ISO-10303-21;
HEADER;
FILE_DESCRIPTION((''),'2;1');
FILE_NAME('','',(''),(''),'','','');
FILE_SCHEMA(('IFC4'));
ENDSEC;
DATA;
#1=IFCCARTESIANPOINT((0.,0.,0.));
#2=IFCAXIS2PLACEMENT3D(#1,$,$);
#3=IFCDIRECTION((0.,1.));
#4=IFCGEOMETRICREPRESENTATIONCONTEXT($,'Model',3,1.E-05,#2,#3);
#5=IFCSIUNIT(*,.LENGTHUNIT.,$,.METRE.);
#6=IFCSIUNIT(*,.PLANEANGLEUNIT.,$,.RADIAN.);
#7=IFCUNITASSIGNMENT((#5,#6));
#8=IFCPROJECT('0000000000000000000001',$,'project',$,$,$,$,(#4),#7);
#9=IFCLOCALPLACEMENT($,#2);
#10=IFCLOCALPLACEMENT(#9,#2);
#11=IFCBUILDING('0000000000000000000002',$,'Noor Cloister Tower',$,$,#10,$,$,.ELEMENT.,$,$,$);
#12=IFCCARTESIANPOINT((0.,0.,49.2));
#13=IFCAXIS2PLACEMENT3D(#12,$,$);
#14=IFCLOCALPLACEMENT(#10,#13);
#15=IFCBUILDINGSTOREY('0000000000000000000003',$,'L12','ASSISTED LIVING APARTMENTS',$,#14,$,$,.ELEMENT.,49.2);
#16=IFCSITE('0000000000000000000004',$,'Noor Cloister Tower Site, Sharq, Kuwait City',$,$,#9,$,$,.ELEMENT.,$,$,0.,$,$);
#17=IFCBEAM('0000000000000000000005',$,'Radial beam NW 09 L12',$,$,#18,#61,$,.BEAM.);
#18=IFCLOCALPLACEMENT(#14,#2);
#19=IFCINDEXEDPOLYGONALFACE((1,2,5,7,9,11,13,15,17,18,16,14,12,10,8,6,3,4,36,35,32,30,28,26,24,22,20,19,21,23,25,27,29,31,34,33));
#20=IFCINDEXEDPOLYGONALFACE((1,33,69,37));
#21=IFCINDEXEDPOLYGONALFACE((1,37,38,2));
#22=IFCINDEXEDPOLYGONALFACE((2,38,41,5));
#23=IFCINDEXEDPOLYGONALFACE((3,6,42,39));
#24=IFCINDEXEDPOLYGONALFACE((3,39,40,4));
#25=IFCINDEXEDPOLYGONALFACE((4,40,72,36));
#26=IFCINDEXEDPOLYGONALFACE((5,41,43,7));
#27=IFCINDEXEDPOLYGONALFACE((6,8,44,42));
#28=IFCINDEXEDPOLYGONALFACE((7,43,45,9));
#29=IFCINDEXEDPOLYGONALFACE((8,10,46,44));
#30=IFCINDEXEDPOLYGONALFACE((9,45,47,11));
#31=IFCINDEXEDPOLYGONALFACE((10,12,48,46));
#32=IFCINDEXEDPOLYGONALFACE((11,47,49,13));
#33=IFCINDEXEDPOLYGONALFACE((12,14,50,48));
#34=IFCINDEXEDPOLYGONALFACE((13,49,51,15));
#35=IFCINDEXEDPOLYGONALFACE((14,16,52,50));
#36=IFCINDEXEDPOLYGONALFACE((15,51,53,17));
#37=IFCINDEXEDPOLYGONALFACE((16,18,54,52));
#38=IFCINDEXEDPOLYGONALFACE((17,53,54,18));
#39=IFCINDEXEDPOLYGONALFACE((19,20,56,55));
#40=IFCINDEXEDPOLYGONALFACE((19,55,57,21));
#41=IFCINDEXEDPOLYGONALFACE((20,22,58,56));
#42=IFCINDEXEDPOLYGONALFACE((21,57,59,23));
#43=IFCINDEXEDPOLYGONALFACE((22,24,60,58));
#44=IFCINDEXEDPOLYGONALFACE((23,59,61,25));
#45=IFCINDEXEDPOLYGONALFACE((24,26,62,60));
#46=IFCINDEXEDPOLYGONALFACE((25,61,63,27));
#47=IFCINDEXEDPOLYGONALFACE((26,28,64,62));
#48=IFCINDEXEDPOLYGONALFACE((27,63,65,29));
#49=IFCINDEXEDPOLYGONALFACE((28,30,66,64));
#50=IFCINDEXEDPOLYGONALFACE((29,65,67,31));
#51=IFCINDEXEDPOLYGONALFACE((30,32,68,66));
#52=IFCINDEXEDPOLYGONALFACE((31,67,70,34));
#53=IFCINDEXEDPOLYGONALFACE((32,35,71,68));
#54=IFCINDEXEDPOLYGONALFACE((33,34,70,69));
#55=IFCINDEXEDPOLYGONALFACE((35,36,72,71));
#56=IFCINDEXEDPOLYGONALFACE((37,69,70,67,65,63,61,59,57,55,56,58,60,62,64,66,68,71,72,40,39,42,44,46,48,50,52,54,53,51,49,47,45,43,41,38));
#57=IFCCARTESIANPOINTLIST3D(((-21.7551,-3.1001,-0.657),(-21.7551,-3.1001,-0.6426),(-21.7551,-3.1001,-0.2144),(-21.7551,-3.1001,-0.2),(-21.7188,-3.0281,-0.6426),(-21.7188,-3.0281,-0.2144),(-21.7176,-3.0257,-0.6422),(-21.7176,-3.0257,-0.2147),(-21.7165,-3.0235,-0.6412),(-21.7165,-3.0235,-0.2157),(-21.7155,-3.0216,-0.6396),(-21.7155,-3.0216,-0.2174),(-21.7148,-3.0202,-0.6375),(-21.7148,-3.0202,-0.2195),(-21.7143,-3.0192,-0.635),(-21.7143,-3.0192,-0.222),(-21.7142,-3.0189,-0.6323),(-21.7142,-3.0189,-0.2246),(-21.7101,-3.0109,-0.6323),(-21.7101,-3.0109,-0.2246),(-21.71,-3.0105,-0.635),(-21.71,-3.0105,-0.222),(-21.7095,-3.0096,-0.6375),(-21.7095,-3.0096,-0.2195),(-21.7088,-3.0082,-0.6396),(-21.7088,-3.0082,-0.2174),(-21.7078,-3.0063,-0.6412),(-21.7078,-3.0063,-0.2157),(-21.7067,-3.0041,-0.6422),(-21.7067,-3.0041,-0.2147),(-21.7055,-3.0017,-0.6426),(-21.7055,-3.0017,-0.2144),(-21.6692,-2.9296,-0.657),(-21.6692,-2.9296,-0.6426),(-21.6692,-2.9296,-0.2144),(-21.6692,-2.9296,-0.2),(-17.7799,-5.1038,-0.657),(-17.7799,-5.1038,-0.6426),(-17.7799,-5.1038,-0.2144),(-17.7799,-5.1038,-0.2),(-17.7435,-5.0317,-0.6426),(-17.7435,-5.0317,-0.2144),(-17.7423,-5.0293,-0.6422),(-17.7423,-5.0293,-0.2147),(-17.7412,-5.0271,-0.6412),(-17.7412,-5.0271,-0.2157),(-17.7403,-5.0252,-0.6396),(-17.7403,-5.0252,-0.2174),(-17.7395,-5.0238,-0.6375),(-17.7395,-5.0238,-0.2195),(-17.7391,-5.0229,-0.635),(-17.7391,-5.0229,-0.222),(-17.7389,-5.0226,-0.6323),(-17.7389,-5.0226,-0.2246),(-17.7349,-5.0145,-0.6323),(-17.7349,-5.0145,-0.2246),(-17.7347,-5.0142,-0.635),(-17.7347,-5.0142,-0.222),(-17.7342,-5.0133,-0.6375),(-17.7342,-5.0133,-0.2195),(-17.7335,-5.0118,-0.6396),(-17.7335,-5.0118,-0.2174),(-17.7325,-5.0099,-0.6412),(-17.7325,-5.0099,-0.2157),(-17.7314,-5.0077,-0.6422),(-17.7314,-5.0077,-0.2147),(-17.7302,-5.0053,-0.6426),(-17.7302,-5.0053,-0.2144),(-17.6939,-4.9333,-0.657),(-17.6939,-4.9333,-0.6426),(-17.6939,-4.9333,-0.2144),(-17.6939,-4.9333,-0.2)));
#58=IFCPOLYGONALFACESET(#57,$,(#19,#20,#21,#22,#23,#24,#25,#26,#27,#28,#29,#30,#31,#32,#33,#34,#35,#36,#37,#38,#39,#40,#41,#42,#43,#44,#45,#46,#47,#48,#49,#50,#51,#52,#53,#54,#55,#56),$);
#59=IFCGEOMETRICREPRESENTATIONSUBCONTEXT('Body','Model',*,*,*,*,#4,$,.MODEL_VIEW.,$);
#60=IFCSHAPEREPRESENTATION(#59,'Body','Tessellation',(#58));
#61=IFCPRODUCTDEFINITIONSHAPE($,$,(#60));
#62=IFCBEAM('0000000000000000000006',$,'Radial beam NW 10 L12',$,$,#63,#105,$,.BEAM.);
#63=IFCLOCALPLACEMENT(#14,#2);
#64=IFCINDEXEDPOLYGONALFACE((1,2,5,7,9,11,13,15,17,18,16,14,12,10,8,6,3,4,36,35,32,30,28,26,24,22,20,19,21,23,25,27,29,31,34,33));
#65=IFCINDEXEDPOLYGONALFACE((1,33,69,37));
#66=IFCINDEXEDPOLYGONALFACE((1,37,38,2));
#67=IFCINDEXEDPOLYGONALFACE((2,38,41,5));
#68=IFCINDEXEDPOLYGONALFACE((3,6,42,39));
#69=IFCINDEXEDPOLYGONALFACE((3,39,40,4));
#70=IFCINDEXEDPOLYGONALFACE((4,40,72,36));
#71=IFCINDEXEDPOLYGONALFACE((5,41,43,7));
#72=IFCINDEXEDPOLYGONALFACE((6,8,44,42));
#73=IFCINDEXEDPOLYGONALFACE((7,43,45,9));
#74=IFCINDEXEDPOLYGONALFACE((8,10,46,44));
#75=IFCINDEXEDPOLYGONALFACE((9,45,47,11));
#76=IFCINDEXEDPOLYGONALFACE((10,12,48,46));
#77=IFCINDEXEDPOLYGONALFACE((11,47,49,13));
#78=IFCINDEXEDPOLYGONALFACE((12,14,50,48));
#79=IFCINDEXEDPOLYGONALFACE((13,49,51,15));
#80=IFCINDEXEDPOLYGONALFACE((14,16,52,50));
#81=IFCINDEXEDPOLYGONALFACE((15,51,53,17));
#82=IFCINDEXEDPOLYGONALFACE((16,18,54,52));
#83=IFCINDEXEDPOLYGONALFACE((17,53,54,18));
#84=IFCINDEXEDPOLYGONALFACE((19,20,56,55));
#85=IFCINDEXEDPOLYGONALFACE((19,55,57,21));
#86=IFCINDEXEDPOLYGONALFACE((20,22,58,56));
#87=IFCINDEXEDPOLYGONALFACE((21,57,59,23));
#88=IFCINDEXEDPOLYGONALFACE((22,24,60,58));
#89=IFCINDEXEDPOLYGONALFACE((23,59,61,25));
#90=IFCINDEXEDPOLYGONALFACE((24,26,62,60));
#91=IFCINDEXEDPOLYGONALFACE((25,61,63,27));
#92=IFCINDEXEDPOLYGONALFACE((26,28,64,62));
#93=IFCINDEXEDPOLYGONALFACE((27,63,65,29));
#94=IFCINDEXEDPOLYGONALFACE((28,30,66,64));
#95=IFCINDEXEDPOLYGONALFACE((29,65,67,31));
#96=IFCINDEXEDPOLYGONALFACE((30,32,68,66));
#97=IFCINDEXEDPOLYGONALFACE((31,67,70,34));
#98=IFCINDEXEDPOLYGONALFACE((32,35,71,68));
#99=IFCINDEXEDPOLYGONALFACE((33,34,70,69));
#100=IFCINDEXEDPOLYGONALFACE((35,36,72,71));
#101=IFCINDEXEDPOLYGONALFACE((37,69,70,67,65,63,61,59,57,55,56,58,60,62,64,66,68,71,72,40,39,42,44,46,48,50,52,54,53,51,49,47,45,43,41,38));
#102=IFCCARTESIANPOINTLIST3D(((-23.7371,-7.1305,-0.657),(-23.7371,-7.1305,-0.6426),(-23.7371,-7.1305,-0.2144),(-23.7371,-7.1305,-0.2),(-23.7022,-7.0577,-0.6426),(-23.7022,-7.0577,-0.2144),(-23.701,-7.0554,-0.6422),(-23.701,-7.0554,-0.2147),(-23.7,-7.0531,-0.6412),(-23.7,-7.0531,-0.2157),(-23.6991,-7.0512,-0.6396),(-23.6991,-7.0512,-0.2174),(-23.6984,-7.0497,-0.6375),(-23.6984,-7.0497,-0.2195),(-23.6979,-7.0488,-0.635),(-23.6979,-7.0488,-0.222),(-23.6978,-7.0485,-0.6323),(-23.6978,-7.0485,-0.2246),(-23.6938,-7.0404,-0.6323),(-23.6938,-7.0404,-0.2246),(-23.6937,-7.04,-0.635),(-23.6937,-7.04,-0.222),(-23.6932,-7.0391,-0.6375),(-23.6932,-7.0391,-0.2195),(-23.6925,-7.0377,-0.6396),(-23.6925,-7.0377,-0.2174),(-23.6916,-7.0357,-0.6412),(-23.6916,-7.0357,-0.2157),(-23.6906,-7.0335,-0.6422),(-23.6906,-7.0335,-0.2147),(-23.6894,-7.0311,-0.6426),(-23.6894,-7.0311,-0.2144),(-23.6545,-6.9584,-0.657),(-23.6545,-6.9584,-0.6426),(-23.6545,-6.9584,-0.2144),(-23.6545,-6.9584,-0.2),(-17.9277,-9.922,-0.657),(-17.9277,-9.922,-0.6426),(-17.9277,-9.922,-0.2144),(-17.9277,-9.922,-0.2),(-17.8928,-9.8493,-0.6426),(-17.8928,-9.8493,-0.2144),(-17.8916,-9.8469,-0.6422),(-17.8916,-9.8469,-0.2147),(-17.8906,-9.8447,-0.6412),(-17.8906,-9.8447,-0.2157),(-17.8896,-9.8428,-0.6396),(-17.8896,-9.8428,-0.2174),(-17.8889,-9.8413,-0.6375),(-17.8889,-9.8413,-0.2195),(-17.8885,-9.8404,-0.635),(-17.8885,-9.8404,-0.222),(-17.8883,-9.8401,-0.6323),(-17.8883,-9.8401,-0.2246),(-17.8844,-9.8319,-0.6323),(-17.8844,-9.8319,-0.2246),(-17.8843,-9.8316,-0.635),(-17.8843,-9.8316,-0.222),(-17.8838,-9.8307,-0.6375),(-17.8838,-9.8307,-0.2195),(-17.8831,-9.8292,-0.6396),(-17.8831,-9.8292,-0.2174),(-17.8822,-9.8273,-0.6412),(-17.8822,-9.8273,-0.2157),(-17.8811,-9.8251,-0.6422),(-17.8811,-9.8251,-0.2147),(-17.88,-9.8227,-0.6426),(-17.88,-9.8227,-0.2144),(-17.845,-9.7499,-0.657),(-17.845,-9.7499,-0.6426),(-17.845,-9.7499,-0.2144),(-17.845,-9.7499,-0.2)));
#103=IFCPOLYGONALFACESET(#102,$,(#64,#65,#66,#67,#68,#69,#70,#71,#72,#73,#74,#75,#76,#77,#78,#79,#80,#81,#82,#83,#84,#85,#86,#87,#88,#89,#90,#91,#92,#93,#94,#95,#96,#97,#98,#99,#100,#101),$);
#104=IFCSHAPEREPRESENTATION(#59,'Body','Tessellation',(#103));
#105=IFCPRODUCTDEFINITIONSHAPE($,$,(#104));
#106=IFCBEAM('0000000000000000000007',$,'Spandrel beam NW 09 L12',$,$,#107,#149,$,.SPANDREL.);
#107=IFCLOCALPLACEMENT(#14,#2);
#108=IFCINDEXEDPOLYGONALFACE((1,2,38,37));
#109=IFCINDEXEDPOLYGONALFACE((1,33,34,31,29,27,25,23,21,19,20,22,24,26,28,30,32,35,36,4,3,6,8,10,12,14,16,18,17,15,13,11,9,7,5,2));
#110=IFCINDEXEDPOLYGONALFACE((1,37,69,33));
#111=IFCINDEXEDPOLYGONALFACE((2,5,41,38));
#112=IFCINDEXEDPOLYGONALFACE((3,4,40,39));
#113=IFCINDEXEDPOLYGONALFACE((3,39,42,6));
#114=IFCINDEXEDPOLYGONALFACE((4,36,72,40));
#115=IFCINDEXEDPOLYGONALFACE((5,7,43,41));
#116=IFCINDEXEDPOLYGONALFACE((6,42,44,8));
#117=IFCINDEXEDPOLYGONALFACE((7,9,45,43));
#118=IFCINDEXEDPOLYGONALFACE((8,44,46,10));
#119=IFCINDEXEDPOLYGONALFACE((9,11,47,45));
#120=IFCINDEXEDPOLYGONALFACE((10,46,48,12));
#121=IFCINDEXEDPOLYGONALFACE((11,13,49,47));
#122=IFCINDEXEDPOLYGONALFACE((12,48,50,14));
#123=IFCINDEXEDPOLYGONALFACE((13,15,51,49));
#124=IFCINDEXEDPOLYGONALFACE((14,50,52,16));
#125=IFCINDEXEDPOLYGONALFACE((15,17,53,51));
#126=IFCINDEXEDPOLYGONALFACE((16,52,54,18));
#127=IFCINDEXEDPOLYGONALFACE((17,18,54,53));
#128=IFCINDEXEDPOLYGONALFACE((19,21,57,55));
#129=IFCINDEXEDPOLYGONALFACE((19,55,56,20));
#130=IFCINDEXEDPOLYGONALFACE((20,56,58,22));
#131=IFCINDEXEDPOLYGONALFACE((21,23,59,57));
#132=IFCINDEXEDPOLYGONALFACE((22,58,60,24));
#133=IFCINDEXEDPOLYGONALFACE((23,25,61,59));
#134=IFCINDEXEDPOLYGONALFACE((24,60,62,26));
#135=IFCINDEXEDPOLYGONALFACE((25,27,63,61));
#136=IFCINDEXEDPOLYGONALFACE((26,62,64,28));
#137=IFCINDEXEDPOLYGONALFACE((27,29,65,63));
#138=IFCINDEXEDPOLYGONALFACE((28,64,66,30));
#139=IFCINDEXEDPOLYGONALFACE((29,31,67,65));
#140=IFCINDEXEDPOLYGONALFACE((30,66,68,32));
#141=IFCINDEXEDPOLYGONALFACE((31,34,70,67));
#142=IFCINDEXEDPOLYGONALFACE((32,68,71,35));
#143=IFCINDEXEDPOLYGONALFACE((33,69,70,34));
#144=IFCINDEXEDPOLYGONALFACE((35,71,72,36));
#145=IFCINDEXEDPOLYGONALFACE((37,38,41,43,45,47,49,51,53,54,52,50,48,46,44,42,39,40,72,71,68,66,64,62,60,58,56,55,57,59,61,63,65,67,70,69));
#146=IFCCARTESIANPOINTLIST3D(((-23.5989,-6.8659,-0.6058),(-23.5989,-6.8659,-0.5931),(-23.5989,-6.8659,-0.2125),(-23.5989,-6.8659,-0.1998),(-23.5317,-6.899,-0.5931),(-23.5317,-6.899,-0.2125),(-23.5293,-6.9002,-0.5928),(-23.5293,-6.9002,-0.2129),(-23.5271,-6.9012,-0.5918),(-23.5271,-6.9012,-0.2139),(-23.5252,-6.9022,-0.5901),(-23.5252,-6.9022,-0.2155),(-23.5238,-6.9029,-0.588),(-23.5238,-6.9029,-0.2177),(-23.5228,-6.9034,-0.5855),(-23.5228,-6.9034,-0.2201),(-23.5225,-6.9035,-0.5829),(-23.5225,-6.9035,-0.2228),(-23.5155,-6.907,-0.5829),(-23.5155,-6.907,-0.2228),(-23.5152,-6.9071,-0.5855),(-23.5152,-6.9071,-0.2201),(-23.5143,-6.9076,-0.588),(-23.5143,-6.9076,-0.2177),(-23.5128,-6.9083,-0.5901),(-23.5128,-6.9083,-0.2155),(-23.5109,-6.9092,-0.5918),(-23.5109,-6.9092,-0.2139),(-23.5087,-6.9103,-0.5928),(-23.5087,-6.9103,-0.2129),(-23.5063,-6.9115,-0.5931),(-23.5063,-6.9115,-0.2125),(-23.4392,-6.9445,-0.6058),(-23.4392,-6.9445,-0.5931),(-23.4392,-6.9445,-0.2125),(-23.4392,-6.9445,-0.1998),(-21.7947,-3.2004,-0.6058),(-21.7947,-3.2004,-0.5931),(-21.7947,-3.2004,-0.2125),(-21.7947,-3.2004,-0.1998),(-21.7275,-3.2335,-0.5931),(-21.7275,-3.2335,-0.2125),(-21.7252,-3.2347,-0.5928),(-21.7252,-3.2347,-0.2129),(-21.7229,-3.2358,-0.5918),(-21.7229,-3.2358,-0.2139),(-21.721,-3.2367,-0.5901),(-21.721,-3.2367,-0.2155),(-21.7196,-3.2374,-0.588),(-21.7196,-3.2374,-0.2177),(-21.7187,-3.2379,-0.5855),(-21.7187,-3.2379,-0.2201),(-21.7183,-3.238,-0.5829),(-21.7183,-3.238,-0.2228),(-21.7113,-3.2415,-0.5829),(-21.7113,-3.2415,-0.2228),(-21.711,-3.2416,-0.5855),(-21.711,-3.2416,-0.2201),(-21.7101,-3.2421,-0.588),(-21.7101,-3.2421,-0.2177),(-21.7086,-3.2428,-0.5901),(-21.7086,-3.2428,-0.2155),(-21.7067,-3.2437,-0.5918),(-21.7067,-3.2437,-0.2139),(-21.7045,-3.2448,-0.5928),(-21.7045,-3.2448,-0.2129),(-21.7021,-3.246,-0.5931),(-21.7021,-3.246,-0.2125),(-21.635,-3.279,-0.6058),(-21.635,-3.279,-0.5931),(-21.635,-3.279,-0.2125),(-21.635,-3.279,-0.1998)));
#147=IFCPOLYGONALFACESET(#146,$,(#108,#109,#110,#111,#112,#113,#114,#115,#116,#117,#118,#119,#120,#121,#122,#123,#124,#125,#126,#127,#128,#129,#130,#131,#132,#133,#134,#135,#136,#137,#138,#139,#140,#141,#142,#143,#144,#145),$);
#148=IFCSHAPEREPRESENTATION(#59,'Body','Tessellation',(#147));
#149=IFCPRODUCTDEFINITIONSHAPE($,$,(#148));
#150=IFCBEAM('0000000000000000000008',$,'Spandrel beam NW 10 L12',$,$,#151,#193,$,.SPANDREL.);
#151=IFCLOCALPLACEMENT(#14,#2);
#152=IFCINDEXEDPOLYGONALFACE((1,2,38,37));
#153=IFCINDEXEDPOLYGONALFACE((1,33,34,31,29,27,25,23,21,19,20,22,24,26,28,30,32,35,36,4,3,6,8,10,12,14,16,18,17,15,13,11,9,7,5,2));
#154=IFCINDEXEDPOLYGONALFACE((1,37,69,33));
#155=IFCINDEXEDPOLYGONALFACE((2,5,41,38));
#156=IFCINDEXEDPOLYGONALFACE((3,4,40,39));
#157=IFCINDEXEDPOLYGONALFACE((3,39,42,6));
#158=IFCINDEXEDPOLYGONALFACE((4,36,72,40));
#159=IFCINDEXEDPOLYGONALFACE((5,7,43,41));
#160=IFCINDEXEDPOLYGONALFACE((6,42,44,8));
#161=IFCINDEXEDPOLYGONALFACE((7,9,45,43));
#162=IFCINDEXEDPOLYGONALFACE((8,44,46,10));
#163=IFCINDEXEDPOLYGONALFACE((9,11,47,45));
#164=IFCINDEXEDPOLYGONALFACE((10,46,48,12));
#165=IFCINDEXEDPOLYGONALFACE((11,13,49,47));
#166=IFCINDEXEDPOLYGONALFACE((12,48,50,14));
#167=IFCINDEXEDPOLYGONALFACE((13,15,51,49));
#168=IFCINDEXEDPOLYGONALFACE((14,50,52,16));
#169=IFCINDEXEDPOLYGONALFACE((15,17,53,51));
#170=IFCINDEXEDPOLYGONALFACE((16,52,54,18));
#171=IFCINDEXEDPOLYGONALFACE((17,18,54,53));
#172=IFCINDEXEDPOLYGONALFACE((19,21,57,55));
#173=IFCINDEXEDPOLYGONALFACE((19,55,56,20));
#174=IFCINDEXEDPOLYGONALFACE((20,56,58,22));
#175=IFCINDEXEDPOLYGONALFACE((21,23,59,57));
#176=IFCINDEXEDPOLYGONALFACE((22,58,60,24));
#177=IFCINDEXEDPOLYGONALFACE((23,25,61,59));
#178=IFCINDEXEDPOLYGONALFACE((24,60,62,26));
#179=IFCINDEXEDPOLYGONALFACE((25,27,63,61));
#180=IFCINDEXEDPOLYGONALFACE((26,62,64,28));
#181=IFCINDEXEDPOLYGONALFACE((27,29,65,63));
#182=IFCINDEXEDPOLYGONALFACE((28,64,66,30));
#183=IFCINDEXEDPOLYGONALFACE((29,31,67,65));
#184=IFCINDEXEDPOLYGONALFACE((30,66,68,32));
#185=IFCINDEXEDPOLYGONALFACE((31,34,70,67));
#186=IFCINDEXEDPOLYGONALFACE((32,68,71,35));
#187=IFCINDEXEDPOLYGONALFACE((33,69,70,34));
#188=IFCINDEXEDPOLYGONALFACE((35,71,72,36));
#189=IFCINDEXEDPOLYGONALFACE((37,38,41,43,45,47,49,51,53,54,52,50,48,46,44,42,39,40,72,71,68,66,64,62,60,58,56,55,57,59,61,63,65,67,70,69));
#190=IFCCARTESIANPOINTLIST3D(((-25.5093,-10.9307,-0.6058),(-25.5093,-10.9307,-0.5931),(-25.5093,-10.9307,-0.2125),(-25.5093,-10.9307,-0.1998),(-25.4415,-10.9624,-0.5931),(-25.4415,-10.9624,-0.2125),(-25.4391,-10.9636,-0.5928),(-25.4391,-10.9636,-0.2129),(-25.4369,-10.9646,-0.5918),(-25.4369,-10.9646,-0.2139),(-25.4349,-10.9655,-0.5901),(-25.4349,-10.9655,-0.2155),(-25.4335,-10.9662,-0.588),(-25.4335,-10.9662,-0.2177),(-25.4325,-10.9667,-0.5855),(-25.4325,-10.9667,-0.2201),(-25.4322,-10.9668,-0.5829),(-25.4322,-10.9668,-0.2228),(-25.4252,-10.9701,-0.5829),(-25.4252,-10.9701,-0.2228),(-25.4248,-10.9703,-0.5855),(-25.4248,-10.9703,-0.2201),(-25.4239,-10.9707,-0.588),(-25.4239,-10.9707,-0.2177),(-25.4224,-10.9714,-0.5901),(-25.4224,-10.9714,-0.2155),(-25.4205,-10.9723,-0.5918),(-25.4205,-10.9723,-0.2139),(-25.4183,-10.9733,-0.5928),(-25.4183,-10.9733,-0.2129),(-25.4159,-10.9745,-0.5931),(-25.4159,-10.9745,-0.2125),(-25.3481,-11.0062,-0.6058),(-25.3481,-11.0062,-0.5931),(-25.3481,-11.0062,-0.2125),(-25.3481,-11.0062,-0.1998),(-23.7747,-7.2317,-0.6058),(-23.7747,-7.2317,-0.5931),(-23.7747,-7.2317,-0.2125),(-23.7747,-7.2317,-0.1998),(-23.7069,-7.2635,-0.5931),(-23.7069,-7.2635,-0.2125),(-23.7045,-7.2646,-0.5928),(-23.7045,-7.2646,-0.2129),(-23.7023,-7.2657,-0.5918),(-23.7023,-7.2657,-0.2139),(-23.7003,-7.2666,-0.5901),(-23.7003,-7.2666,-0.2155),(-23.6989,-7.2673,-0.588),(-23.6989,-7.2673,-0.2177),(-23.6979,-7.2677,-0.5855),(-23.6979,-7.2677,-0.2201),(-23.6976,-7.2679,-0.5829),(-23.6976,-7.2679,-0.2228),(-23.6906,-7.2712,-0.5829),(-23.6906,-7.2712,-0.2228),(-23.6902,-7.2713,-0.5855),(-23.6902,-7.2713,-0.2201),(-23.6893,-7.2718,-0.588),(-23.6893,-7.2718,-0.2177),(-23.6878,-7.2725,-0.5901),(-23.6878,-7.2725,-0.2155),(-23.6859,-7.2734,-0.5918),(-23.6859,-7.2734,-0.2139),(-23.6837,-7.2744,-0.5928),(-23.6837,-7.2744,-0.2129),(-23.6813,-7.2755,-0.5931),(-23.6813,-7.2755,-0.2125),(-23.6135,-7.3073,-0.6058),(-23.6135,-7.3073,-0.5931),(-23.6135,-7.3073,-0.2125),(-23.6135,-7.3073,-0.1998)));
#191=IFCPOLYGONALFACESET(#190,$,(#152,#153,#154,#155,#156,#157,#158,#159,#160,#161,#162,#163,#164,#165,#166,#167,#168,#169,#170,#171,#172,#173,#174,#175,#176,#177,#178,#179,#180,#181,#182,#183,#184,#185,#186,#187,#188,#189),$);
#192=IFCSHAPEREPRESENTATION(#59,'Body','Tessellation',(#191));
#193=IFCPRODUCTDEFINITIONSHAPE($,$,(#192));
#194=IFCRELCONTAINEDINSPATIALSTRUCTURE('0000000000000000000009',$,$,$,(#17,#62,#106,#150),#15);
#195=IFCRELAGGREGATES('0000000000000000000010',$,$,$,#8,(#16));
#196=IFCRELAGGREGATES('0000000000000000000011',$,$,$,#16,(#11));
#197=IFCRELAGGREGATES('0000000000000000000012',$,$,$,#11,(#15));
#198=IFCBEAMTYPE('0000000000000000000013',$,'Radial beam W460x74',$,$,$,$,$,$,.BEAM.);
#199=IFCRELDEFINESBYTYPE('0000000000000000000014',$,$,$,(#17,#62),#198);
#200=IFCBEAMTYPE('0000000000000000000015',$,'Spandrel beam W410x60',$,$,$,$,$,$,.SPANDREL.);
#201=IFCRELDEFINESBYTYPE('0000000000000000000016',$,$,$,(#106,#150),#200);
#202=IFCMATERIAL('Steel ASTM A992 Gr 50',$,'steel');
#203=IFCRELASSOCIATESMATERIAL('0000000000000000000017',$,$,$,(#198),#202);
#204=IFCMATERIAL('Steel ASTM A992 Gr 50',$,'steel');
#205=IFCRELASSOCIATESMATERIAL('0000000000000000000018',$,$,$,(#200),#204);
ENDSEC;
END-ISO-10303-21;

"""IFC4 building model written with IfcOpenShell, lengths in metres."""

from ifc_helpers import new_model, si_unit, direction, frame, origin, origin_2d, place, context, subcontext, project, spatial, i_section, extrude, material, material_profile, profile_set, type_object, element, save


model = new_model("IFC4")

# Units and contexts
model_context = context("Model", 3, precision=1e-05, world=origin(), true_north=direction((0.0, 1.0)))
body_context = subcontext(model_context, "Body", "Model", "MODEL_VIEW")
ifc_project = project(units=[si_unit("LENGTHUNIT", "METRE"), si_unit("PLANEANGLEUNIT", "RADIAN")], contexts=[model_context])

# Site, building, storey
site_placement = place(None, origin())
site = spatial("IfcSite", under=ifc_project, at=site_placement, Name="Noor Cloister Tower Site, Sharq, Kuwait City", CompositionType="ELEMENT", RefElevation=0.0)
building_placement = place(site_placement, origin())
building = spatial("IfcBuilding", under=site, at=building_placement, Name="Noor Cloister Tower", CompositionType="ELEMENT")
storey_placement = place(building_placement, frame((0.0, 0.0, 49.2)))
storey = spatial("IfcBuildingStorey", under=building, at=storey_placement, Name="L12", Description="ASSISTED LIVING APARTMENTS", CompositionType="ELEMENT", Elevation=49.2)

# Beams
ifc_material_1 = material(Name="Steel ASTM A992 Gr 50", Category="steel")
ifc_material_profile_1 = material_profile(ifc_material_1, i_section(OverallWidth=0.1909, OverallDepth=0.457, WebThickness=0.009, FlangeThickness=0.0144, FilletRadius=0.0103, at=origin_2d()), Name="W460x74")
ifc_profile_set_1 = profile_set([ifc_material_profile_1], Name="Steel ASTM A992 Gr 50")
beam_type_1 = type_object("IfcBeamType", Name="Radial beam W460x74", PredefinedType="BEAM", material=ifc_profile_set_1)
beam_1_placement = place(storey_placement, frame((-21.7122, -3.0149, -0.4285), z_axis=(0.892986, -0.450085, 0.0), x_axis=(0.450085, 0.892986, 0.0)))
element("IfcBeam", 1, at=beam_1_placement, inside=storey, type_object=beam_type_1, Name="Radial beam NW 09 L12", PredefinedType="BEAM", context=body_context, shape_type="SweptSolid", body=[
    extrude(i_section(OverallWidth=0.1909, OverallDepth=0.457, WebThickness=0.009, FlangeThickness=0.0144, FilletRadius=0.0103, at=origin_2d()), origin(), (0.0, 0.0, 1.0), 4.4517),
])
beam_2_placement = place(storey_placement, frame((-23.6958, -7.0444, -0.4285), z_axis=(0.90134, -0.433113, 0.0), x_axis=(0.433113, 0.90134, 0.0)))
element("IfcBeam", 2, at=beam_2_placement, inside=storey, type_object=beam_type_1, Name="Radial beam NW 10 L12", PredefinedType="BEAM", context=body_context, shape_type="SweptSolid", body=[
    extrude(i_section(OverallWidth=0.1909, OverallDepth=0.457, WebThickness=0.009, FlangeThickness=0.0144, FilletRadius=0.0103, at=origin_2d()), origin(), (0.0, 0.0, 1.0), 6.4453),
])
ifc_material_2 = material(Name="Steel ASTM A992 Gr 50", Category="steel")
ifc_material_profile_2 = material_profile(ifc_material_2, i_section(OverallWidth=0.178, OverallDepth=0.406, WebThickness=0.0078, FlangeThickness=0.0127, FilletRadius=0.0103, at=origin_2d()), Name="W410x60")
ifc_profile_set_2 = profile_set([ifc_material_profile_2], Name="Steel ASTM A992 Gr 50")
beam_type_2 = type_object("IfcBeamType", Name="Spandrel beam W410x60", PredefinedType="SPANDREL", material=ifc_profile_set_2)
for number, where, z_axis, x_axis, name in (
    (3, (-21.7148, -3.2397, -0.4028), (-0.441612, -0.897206, 0.0), (0.897206, -0.441612, 0.0), "Spandrel beam NW 09 L12"),
    (4, (-23.6941, -7.2695, -0.4028), (-0.424579, -0.905391, 0.0), (0.905391, -0.424579, 0.0), "Spandrel beam NW 10 L12"),
):
    element("IfcBeam", number, at=place(storey_placement, frame(where, z_axis=z_axis, x_axis=x_axis)), inside=storey, type_object=beam_type_2, Name=name, PredefinedType="SPANDREL", context=body_context, shape_type="SweptSolid", body=[
        extrude(i_section(OverallWidth=0.178, OverallDepth=0.406, WebThickness=0.0078, FlangeThickness=0.0127, FilletRadius=0.0103, at=origin_2d()), origin(), (0.0, 0.0, 1.0), 4.0854),
    ])

save(model, "model.ifc")
